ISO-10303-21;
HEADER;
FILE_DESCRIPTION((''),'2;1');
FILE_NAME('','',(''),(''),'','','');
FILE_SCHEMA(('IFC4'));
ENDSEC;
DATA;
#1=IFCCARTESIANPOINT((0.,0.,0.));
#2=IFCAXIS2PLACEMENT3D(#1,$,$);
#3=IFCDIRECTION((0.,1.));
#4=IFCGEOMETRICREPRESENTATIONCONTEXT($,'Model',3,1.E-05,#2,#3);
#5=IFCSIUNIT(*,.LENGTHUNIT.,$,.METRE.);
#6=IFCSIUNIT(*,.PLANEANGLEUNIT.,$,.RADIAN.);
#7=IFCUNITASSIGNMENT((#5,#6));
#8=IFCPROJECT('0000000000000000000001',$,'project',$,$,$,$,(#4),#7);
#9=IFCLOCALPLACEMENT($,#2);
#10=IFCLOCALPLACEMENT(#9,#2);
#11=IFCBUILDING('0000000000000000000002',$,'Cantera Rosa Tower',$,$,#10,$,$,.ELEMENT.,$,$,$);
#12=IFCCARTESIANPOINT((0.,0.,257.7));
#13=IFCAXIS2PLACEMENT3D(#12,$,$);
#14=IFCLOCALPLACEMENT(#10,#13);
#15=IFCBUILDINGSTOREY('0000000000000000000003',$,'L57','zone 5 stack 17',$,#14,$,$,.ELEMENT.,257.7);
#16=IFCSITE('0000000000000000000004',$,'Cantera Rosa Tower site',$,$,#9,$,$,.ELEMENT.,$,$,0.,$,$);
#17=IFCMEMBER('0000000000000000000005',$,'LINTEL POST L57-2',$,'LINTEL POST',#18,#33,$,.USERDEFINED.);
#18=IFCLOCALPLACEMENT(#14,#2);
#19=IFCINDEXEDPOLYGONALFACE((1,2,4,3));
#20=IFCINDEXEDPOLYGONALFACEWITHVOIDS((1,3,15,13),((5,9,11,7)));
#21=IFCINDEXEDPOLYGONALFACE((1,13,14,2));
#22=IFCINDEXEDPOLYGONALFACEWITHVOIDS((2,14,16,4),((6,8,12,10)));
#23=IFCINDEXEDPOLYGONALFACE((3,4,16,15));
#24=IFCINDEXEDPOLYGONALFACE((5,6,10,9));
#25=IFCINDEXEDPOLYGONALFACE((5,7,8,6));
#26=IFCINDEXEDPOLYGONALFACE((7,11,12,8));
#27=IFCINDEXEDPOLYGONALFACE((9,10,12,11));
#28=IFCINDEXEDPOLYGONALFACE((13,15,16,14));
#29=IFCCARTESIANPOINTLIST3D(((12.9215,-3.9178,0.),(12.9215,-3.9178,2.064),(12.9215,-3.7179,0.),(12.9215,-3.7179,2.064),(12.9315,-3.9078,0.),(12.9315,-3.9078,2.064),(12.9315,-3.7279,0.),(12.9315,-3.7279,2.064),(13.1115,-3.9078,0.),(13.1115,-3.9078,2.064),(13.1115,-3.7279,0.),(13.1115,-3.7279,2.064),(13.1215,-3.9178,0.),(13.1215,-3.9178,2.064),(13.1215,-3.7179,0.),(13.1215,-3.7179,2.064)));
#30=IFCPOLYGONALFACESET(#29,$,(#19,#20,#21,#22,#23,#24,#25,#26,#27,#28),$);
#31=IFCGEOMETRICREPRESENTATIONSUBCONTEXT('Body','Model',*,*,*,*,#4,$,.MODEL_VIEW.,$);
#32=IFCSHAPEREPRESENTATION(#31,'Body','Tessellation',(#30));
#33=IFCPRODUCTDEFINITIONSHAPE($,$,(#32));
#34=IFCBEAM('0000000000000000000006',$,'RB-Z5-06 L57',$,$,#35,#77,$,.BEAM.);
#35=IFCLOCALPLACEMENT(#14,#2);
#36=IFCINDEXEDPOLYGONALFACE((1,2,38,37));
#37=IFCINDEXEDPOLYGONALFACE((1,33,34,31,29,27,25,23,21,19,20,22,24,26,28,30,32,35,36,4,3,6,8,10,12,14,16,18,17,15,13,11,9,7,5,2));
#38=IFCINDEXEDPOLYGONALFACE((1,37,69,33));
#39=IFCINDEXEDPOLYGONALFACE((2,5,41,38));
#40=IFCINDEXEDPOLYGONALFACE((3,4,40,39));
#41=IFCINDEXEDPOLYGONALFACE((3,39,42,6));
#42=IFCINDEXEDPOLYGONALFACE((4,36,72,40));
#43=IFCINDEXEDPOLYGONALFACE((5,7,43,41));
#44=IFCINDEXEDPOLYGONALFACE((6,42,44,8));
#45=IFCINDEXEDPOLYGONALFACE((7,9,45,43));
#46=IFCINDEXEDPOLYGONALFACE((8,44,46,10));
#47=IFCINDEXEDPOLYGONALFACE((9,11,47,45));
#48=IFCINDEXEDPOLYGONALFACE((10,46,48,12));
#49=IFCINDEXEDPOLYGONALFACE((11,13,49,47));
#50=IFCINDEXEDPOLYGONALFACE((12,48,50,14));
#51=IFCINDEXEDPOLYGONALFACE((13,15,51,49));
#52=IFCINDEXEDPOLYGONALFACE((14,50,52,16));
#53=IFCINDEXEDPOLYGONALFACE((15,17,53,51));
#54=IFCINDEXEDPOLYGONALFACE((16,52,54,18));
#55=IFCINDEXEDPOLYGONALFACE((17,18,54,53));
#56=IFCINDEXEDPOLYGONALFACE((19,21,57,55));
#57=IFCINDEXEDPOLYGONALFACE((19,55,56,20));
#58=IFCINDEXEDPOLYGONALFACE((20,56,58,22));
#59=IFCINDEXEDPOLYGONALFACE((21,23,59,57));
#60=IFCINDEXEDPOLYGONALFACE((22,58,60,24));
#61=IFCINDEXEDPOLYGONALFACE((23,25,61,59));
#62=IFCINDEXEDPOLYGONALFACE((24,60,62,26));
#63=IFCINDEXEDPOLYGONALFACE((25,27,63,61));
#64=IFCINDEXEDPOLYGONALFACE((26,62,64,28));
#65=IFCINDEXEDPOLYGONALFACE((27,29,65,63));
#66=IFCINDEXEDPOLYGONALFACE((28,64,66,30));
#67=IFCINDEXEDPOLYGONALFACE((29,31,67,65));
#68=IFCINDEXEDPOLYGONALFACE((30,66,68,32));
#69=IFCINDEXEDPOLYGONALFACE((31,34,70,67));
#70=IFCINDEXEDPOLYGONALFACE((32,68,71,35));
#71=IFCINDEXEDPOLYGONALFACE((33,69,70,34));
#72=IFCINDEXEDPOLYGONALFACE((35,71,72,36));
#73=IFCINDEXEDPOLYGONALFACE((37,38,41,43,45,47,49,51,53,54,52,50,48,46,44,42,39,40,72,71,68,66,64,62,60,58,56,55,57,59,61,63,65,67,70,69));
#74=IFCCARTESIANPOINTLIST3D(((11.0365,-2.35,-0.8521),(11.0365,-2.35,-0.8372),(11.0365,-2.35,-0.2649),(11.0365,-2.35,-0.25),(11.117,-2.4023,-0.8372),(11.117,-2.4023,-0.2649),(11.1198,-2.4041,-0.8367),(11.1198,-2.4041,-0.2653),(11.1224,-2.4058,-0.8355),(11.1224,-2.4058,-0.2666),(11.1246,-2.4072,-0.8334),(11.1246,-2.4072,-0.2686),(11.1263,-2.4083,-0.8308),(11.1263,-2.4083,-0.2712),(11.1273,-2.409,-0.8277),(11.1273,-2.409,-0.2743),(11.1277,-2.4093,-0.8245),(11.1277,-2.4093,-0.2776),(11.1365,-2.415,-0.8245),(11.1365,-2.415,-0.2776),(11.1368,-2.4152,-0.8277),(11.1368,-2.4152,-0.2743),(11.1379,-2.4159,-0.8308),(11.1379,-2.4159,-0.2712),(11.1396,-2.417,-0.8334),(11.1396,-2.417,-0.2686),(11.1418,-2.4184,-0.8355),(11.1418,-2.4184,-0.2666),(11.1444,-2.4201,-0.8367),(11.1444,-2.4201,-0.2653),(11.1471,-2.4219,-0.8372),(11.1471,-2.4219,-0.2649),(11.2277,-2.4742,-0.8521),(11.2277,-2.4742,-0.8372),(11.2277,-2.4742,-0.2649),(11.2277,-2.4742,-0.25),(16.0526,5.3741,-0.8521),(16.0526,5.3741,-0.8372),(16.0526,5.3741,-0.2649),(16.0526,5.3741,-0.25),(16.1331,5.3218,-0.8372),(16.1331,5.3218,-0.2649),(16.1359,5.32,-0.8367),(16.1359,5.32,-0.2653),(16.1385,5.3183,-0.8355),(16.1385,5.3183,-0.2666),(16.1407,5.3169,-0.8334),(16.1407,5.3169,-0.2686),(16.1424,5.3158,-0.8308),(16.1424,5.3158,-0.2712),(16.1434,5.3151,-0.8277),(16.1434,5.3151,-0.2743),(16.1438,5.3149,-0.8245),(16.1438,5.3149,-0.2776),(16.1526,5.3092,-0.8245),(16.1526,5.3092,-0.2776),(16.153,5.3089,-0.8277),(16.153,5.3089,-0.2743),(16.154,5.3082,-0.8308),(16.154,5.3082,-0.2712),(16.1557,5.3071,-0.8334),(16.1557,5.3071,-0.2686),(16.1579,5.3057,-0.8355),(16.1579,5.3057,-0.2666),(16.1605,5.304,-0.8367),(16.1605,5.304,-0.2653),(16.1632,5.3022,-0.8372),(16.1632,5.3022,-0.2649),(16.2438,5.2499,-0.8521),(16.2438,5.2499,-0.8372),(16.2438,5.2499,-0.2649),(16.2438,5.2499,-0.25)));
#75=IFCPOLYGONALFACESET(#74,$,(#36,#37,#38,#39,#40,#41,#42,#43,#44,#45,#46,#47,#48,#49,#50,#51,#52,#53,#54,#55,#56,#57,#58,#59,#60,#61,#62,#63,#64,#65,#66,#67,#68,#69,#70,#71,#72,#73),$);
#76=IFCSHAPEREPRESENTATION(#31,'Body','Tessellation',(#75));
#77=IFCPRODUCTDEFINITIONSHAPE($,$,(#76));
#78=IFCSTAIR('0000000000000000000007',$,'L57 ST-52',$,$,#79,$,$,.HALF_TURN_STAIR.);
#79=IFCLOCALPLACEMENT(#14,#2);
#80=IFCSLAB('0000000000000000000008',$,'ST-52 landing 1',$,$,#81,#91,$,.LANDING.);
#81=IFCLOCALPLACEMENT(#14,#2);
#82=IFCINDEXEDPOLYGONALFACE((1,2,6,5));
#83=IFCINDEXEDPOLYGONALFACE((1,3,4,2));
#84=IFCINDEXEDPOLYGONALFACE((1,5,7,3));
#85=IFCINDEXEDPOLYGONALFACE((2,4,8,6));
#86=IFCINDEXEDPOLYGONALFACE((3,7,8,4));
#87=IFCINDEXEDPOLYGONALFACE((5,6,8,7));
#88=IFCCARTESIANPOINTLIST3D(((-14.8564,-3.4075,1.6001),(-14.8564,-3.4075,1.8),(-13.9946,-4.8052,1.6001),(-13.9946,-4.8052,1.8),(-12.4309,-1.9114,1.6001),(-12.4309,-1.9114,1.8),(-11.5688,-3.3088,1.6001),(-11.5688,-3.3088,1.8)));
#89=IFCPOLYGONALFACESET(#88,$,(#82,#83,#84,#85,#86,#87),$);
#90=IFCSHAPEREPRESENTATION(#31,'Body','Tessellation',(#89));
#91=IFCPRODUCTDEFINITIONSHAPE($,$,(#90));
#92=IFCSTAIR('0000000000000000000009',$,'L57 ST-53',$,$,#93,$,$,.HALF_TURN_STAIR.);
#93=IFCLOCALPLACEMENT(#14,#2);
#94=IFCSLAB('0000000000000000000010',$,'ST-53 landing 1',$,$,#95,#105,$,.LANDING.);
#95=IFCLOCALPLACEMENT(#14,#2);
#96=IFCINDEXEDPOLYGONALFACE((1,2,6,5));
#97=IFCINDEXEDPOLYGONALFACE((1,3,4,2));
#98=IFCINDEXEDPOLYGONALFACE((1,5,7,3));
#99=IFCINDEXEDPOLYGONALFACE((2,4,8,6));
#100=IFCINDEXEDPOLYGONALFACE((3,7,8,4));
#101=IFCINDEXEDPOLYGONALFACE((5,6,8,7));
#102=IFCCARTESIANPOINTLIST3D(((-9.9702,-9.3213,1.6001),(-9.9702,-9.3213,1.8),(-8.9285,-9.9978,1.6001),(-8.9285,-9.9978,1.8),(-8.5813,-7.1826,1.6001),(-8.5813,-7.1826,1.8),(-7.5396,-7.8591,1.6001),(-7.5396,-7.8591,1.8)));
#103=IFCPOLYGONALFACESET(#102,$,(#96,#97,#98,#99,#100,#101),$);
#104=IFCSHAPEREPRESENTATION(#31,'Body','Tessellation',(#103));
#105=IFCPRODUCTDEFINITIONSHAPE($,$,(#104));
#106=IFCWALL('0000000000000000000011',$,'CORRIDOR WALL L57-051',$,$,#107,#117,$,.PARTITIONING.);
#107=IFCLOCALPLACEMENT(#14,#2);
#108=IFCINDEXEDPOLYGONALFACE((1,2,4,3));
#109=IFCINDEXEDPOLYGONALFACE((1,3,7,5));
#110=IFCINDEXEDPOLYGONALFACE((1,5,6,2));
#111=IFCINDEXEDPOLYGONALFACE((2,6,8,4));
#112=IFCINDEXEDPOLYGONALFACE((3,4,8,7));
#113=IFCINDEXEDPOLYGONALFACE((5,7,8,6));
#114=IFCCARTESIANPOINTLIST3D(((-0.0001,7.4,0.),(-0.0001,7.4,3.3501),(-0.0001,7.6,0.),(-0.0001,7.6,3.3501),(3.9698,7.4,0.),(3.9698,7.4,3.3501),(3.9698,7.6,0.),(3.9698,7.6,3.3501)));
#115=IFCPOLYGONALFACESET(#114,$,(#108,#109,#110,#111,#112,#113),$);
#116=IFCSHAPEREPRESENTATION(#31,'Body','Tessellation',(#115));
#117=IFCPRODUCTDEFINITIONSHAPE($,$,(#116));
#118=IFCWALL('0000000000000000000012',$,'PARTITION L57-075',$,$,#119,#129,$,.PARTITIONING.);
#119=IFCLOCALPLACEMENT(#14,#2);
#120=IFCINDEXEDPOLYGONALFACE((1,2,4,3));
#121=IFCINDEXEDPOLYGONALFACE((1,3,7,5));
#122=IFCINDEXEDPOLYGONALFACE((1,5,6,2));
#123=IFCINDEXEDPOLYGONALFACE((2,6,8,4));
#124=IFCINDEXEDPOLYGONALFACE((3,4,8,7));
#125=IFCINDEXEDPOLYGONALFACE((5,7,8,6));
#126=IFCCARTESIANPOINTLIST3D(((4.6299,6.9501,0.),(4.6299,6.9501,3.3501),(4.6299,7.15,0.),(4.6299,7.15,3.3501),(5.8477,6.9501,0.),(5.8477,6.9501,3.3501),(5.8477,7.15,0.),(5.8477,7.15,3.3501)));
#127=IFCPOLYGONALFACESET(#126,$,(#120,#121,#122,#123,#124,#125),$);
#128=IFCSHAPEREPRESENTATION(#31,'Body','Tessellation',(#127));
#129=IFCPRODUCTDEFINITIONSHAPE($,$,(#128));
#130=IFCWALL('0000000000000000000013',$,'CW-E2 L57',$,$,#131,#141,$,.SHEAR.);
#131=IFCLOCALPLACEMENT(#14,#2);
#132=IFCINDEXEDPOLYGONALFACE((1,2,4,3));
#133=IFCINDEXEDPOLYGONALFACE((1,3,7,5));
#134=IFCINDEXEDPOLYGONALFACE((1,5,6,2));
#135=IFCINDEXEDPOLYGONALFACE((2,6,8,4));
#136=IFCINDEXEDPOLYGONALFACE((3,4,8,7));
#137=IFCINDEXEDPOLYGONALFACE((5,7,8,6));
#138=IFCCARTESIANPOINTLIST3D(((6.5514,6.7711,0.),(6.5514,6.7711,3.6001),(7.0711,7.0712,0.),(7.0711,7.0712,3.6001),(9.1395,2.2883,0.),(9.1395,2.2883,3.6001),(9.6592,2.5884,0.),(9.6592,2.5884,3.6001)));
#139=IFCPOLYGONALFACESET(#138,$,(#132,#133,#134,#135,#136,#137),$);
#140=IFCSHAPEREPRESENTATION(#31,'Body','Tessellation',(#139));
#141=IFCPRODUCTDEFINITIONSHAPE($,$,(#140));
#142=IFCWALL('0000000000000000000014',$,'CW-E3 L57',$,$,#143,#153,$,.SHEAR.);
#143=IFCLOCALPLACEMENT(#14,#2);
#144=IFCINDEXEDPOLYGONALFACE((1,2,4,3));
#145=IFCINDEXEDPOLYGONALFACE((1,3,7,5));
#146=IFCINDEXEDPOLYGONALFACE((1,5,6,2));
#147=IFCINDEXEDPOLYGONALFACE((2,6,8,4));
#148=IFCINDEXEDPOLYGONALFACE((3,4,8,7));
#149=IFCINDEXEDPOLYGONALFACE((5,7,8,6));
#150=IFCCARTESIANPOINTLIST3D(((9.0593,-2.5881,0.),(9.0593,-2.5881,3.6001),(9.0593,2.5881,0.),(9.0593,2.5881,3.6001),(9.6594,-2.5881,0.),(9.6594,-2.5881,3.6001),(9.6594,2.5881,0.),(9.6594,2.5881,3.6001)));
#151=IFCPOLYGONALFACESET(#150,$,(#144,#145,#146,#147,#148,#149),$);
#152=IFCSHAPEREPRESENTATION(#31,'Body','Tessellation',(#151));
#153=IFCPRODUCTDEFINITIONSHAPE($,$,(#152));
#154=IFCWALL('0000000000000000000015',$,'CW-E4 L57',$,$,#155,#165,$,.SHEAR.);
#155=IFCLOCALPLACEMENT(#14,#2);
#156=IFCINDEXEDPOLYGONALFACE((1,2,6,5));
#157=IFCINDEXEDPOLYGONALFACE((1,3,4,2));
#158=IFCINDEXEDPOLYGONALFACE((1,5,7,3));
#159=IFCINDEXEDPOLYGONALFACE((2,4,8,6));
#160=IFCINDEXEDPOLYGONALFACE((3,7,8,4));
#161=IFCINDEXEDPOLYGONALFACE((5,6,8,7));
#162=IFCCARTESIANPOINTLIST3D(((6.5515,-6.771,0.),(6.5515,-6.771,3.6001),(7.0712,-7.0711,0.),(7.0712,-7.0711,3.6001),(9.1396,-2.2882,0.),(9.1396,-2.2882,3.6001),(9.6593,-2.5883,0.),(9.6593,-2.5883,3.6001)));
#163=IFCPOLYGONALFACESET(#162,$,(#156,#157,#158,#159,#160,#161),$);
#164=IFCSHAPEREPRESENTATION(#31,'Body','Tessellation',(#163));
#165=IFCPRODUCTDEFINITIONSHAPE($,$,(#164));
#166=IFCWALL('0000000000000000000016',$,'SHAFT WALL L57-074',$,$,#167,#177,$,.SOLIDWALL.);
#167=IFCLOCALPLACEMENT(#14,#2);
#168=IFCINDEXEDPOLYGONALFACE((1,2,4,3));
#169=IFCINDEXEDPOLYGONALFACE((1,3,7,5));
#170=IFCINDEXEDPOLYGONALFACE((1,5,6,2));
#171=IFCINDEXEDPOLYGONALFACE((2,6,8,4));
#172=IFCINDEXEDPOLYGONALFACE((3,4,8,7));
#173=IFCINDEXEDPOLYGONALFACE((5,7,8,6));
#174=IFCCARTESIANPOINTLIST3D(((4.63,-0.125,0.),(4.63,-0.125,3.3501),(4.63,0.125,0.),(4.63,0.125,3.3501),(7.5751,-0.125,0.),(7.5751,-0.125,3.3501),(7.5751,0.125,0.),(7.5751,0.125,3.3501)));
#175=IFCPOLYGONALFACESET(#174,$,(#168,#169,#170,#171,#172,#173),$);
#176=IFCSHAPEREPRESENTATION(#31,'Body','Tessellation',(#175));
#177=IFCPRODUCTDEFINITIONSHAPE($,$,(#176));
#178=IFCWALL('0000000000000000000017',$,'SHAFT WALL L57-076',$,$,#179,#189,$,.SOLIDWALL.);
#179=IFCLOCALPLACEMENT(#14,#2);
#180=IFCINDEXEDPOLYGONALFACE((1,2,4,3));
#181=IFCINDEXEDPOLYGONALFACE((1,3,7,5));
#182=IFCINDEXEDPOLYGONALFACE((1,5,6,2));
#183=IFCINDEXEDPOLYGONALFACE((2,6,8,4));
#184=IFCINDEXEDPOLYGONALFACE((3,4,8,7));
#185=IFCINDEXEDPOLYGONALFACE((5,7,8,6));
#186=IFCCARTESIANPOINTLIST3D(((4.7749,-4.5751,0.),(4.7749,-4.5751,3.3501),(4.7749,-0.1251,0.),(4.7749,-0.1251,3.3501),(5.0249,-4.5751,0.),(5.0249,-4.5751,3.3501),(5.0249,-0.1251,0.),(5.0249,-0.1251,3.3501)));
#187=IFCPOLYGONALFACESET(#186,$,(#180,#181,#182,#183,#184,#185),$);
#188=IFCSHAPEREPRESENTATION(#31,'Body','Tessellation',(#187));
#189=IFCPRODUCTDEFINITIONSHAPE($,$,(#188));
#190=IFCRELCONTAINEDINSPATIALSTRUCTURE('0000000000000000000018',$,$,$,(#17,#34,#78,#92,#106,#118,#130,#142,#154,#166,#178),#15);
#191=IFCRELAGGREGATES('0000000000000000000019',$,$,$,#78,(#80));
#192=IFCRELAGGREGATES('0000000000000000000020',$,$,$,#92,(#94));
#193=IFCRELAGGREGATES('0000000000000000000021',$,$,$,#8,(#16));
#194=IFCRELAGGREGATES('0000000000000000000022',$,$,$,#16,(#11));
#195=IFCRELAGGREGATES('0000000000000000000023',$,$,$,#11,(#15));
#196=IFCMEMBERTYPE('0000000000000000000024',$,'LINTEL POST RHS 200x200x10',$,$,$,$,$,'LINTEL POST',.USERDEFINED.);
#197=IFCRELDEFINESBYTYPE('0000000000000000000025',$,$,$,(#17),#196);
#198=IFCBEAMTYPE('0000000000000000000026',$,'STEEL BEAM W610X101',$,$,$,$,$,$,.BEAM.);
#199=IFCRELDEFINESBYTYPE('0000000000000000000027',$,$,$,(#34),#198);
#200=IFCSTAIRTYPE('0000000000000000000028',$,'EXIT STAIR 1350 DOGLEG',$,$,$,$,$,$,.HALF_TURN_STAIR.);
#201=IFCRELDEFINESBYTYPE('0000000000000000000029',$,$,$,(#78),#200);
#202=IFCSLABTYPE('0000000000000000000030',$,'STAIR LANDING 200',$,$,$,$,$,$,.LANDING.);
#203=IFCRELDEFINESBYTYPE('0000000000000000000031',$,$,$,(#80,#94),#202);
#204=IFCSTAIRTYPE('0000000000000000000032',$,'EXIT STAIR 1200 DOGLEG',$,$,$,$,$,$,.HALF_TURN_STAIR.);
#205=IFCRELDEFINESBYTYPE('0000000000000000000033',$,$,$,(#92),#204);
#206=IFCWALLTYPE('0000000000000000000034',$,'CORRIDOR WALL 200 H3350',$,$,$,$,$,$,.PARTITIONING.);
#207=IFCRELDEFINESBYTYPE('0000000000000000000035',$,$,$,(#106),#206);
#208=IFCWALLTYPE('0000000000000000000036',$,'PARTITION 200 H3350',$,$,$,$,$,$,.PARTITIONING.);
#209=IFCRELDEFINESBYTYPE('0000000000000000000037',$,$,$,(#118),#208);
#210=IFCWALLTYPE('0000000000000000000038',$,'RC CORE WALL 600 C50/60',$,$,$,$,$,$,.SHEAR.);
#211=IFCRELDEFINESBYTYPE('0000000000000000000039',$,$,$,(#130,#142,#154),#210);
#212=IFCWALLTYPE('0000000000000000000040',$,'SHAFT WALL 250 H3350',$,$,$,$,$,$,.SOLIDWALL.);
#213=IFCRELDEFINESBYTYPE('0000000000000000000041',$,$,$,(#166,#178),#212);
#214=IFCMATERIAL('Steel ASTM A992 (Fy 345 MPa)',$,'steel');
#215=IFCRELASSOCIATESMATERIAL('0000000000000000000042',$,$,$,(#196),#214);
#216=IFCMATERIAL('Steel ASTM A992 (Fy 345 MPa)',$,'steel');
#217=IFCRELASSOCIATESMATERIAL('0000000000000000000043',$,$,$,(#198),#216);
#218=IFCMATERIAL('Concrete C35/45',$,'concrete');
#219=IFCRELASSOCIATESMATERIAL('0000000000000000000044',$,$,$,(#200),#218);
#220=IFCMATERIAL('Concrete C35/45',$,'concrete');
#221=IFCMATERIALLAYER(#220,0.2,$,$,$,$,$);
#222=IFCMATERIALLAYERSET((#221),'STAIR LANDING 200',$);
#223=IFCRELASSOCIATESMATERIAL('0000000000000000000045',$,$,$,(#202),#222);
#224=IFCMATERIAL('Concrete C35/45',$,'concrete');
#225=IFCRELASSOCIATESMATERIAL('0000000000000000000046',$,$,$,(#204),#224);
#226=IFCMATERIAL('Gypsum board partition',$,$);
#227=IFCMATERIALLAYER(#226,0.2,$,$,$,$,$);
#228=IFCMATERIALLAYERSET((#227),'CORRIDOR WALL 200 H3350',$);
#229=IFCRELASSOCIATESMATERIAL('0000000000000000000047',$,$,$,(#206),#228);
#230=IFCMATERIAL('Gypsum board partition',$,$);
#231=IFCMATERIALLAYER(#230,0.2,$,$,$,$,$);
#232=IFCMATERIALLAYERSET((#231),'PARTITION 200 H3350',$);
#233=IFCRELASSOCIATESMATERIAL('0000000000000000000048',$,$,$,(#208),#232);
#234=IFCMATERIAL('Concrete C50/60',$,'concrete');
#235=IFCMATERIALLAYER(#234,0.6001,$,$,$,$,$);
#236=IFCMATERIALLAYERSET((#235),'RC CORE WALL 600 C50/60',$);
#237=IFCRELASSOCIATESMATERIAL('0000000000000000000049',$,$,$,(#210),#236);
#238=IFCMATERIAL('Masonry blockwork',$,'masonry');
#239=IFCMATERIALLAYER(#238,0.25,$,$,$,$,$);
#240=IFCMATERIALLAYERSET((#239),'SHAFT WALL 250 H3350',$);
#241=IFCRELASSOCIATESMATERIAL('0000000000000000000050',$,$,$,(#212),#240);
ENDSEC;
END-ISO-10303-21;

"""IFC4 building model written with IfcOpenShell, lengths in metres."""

from ifc_helpers import new_model, si_unit, direction, frame, frame_2d, origin, origin_2d, place, context, subcontext, project, spatial, polyline, rectangle, hollow_rectangle, i_section, outline, extrude, material, layer, layer_set, material_profile, profile_set, type_object, element, aggregate, save


model = new_model("IFC4")

# Units and contexts
model_context = context("Model", 3, precision=1e-05, world=origin(), true_north=direction((0.0, 1.0)))
body_context = subcontext(model_context, "Body", "Model", "MODEL_VIEW")
ifc_project = project(units=[si_unit("LENGTHUNIT", "METRE"), si_unit("PLANEANGLEUNIT", "RADIAN")], contexts=[model_context])

# Site, building, storey
site_placement = place(None, origin())
site = spatial("IfcSite", under=ifc_project, at=site_placement, Name="Cantera Rosa Tower site", CompositionType="ELEMENT", RefElevation=0.0)
building_placement = place(site_placement, origin())
building = spatial("IfcBuilding", under=site, at=building_placement, Name="Cantera Rosa Tower", CompositionType="ELEMENT")
storey_placement = place(building_placement, frame((0.0, 0.0, 257.7)))
storey = spatial("IfcBuildingStorey", under=building, at=storey_placement, Name="L57", Description="zone 5 stack 17", CompositionType="ELEMENT", Elevation=257.7)

# Member
ifc_material_1 = material(Name="Steel ASTM A992 (Fy 345 MPa)", Category="steel")
ifc_material_profile_1 = material_profile(ifc_material_1, hollow_rectangle(XDim=0.2, YDim=0.2, WallThickness=0.01, at=origin_2d()), Name="LINTEL POST RHS 200x200x10")
ifc_profile_set_1 = profile_set([ifc_material_profile_1], Name="Steel ASTM A992 (Fy 345 MPa)")
member_type = type_object("IfcMemberType", Name="LINTEL POST RHS 200x200x10", ElementType="LINTEL POST", PredefinedType="USERDEFINED", material=ifc_profile_set_1)
member_placement = place(storey_placement, frame((13.0215, -3.8179, 0.0), z_axis=(0.0, 0.0, 1.0), x_axis=(1.0, 0.0, 0.0)))
element("IfcMember", 1, at=member_placement, inside=storey, type_object=member_type, Name="LINTEL POST L57-2", ObjectType="LINTEL POST", PredefinedType="USERDEFINED", context=body_context, shape_type="SweptSolid", body=[
    extrude(hollow_rectangle(XDim=0.2, YDim=0.2, WallThickness=0.01, at=origin_2d()), origin(), (0.0, 0.0, 1.0), 2.064),
])

# Beam
ifc_material_2 = material(Name="Steel ASTM A992 (Fy 345 MPa)", Category="steel")
ifc_material_profile_2 = material_profile(ifc_material_2, i_section(OverallWidth=0.228, OverallDepth=0.6021, WebThickness=0.0105, FlangeThickness=0.0149, FilletRadius=0.0127, at=origin_2d()), Name="W610X101")
ifc_profile_set_2 = profile_set([ifc_material_profile_2], Name="Steel ASTM A992 (Fy 345 MPa)")
beam_type = type_object("IfcBeamType", Name="STEEL BEAM W610X101", PredefinedType="BEAM", material=ifc_profile_set_2)
beam_placement = place(storey_placement, frame((11.1321, -2.4121, -0.551), z_axis=(0.54464, 0.83867, 0.0), x_axis=(-0.83867, 0.54464, 0.0)))
element("IfcBeam", 2, at=beam_placement, inside=storey, type_object=beam_type, Name="RB-Z5-06 L57", PredefinedType="BEAM", context=body_context, shape_type="SweptSolid", body=[
    extrude(i_section(OverallWidth=0.228, OverallDepth=0.6021, WebThickness=0.0105, FlangeThickness=0.0149, FilletRadius=0.0127, at=origin_2d()), origin(), (0.0, 0.0, 1.0), 9.21),
])

# Stairs, slabs
ifc_material_3 = material(Name="Concrete C35/45", Category="concrete")
stair_type_1 = type_object("IfcStairType", Name="EXIT STAIR 1350 DOGLEG", PredefinedType="HALF_TURN_STAIR", material=ifc_material_3)
stair_1_placement = place(storey_placement, origin())
stair_1 = element("IfcStair", 3, at=stair_1_placement, inside=storey, type_object=stair_type_1, Name="L57 ST-52", PredefinedType="HALF_TURN_STAIR")
ifc_material_4 = material(Name="Concrete C35/45", Category="concrete")
ifc_layer_1 = layer(ifc_material_4, 0.2)
ifc_layer_set_1 = layer_set([ifc_layer_1], Name="STAIR LANDING 200")
slab_type = type_object("IfcSlabType", Name="STAIR LANDING 200", PredefinedType="LANDING", material=ifc_layer_set_1)
slab_1_placement = place(storey_placement, frame((0.0, 0.0, 1.6001)))
slab_1 = element("IfcSlab", 4, at=slab_1_placement, type_object=slab_type, Name="ST-52 landing 1", PredefinedType="LANDING", context=body_context, shape_type="SweptSolid", body=[
    extrude(outline(polyline([(-11.5688, -3.3088), (-12.4309, -1.9114), (-14.8564, -3.4075), (-13.9946, -4.8052), (-11.5688, -3.3088)])), origin(), (0.0, 0.0, 1.0), 0.2),
])
aggregate(stair_1, [slab_1])
ifc_material_5 = material(Name="Concrete C35/45", Category="concrete")
stair_type_2 = type_object("IfcStairType", Name="EXIT STAIR 1200 DOGLEG", PredefinedType="HALF_TURN_STAIR", material=ifc_material_5)
stair_2_placement = place(storey_placement, origin())
stair_2 = element("IfcStair", 5, at=stair_2_placement, inside=storey, type_object=stair_type_2, Name="L57 ST-53", PredefinedType="HALF_TURN_STAIR")
slab_2_placement = place(storey_placement, frame((0.0, 0.0, 1.6001)))
slab_2 = element("IfcSlab", 6, at=slab_2_placement, type_object=slab_type, Name="ST-53 landing 1", PredefinedType="LANDING", context=body_context, shape_type="SweptSolid", body=[
    extrude(outline(polyline([(-7.5396, -7.8591), (-8.5813, -7.1826), (-9.9702, -9.3213), (-8.9285, -9.9978), (-7.5396, -7.8591)])), origin(), (0.0, 0.0, 1.0), 0.2),
])
aggregate(stair_2, [slab_2])

# Walls
ifc_material_6 = material(Name="Gypsum board partition")
ifc_layer_2 = layer(ifc_material_6, 0.2)
ifc_layer_set_2 = layer_set([ifc_layer_2], Name="CORRIDOR WALL 200 H3350")
wall_type_1 = type_object("IfcWallType", Name="CORRIDOR WALL 200 H3350", PredefinedType="PARTITIONING", material=ifc_layer_set_2)
wall_1_placement = place(storey_placement, frame((0.0, 7.5, 0.0), z_axis=(0.0, 0.0, 1.0), x_axis=(1.0, 0.0, 0.0)))
element("IfcWall", 7, at=wall_1_placement, inside=storey, type_object=wall_type_1, Name="CORRIDOR WALL L57-051", PredefinedType="PARTITIONING", context=body_context, shape_type="SweptSolid", body=[
    extrude(rectangle(XDim=3.97, YDim=0.2, at=frame_2d((1.9849, 0.0))), origin(), (0.0, 0.0, 1.0), 3.3501),
])
ifc_material_7 = material(Name="Gypsum board partition")
ifc_layer_3 = layer(ifc_material_7, 0.2)
ifc_layer_set_3 = layer_set([ifc_layer_3], Name="PARTITION 200 H3350")
wall_type_2 = type_object("IfcWallType", Name="PARTITION 200 H3350", PredefinedType="PARTITIONING", material=ifc_layer_set_3)
wall_2_placement = place(storey_placement, frame((4.6299, 7.05, 0.0), z_axis=(0.0, 0.0, 1.0), x_axis=(1.0, 0.0, 0.0)))
element("IfcWall", 8, at=wall_2_placement, inside=storey, type_object=wall_type_2, Name="PARTITION L57-075", PredefinedType="PARTITIONING", context=body_context, shape_type="SweptSolid", body=[
    extrude(rectangle(XDim=1.2178, YDim=0.2, at=frame_2d((0.6089, 0.0))), origin(), (0.0, 0.0, 1.0), 3.3501),
])
ifc_material_8 = material(Name="Concrete C50/60", Category="concrete")
ifc_layer_4 = layer(ifc_material_8, 0.6001)
ifc_layer_set_4 = layer_set([ifc_layer_4], Name="RC CORE WALL 600 C50/60")
wall_type_3 = type_object("IfcWallType", Name="RC CORE WALL 600 C50/60", PredefinedType="SHEAR", material=ifc_layer_set_4)
for number, where, z_axis, x_axis, name in (
    (9, (6.8113, 6.9211, 0.0), (0.0, 0.0, 1.0), (0.499989, -0.866032, 0.0), "CW-E2 L57"),
    (10, (9.3594, 2.5881, 0.0), (0.0, 0.0, 1.0), (0.0, -1.0, 0.0), "CW-E3 L57"),
    (11, (9.3994, -2.4382, 0.0), (0.0, 0.0, 1.0), (-0.499989, -0.866032, 0.0), "CW-E4 L57"),
):
    element("IfcWall", number, at=place(storey_placement, frame(where, z_axis=z_axis, x_axis=x_axis)), inside=storey, type_object=wall_type_3, Name=name, PredefinedType="SHEAR", context=body_context, shape_type="SweptSolid", body=[
        extrude(rectangle(XDim=5.1763, YDim=0.6001, at=frame_2d((2.5881, 0.0))), origin(), (0.0, 0.0, 1.0), 3.6001),
    ])
ifc_material_9 = material(Name="Masonry blockwork", Category="masonry")
ifc_layer_5 = layer(ifc_material_9, 0.25)
ifc_layer_set_5 = layer_set([ifc_layer_5], Name="SHAFT WALL 250 H3350")
wall_type_4 = type_object("IfcWallType", Name="SHAFT WALL 250 H3350", PredefinedType="SOLIDWALL", material=ifc_layer_set_5)
wall_3_placement = place(storey_placement, frame((4.6299, 0.0, 0.0), z_axis=(0.0, 0.0, 1.0), x_axis=(1.0, 0.0, 0.0)))
element("IfcWall", 12, at=wall_3_placement, inside=storey, type_object=wall_type_4, Name="SHAFT WALL L57-074", PredefinedType="SOLIDWALL", context=body_context, shape_type="SweptSolid", body=[
    extrude(rectangle(XDim=2.9451, YDim=0.25, at=frame_2d((1.4727, 0.0))), origin(), (0.0, 0.0, 1.0), 3.3501),
])
wall_4_placement = place(storey_placement, frame((4.8999, -0.125, 0.0), z_axis=(0.0, 0.0, 1.0), x_axis=(0.0, -1.0, 0.0)))
element("IfcWall", 13, at=wall_4_placement, inside=storey, type_object=wall_type_4, Name="SHAFT WALL L57-076", PredefinedType="SOLIDWALL", context=body_context, shape_type="SweptSolid", body=[
    extrude(rectangle(XDim=4.45, YDim=0.25, at=frame_2d((2.2251, 0.0))), origin(), (0.0, 0.0, 1.0), 3.3501),
])

save(model, "model.ifc")
